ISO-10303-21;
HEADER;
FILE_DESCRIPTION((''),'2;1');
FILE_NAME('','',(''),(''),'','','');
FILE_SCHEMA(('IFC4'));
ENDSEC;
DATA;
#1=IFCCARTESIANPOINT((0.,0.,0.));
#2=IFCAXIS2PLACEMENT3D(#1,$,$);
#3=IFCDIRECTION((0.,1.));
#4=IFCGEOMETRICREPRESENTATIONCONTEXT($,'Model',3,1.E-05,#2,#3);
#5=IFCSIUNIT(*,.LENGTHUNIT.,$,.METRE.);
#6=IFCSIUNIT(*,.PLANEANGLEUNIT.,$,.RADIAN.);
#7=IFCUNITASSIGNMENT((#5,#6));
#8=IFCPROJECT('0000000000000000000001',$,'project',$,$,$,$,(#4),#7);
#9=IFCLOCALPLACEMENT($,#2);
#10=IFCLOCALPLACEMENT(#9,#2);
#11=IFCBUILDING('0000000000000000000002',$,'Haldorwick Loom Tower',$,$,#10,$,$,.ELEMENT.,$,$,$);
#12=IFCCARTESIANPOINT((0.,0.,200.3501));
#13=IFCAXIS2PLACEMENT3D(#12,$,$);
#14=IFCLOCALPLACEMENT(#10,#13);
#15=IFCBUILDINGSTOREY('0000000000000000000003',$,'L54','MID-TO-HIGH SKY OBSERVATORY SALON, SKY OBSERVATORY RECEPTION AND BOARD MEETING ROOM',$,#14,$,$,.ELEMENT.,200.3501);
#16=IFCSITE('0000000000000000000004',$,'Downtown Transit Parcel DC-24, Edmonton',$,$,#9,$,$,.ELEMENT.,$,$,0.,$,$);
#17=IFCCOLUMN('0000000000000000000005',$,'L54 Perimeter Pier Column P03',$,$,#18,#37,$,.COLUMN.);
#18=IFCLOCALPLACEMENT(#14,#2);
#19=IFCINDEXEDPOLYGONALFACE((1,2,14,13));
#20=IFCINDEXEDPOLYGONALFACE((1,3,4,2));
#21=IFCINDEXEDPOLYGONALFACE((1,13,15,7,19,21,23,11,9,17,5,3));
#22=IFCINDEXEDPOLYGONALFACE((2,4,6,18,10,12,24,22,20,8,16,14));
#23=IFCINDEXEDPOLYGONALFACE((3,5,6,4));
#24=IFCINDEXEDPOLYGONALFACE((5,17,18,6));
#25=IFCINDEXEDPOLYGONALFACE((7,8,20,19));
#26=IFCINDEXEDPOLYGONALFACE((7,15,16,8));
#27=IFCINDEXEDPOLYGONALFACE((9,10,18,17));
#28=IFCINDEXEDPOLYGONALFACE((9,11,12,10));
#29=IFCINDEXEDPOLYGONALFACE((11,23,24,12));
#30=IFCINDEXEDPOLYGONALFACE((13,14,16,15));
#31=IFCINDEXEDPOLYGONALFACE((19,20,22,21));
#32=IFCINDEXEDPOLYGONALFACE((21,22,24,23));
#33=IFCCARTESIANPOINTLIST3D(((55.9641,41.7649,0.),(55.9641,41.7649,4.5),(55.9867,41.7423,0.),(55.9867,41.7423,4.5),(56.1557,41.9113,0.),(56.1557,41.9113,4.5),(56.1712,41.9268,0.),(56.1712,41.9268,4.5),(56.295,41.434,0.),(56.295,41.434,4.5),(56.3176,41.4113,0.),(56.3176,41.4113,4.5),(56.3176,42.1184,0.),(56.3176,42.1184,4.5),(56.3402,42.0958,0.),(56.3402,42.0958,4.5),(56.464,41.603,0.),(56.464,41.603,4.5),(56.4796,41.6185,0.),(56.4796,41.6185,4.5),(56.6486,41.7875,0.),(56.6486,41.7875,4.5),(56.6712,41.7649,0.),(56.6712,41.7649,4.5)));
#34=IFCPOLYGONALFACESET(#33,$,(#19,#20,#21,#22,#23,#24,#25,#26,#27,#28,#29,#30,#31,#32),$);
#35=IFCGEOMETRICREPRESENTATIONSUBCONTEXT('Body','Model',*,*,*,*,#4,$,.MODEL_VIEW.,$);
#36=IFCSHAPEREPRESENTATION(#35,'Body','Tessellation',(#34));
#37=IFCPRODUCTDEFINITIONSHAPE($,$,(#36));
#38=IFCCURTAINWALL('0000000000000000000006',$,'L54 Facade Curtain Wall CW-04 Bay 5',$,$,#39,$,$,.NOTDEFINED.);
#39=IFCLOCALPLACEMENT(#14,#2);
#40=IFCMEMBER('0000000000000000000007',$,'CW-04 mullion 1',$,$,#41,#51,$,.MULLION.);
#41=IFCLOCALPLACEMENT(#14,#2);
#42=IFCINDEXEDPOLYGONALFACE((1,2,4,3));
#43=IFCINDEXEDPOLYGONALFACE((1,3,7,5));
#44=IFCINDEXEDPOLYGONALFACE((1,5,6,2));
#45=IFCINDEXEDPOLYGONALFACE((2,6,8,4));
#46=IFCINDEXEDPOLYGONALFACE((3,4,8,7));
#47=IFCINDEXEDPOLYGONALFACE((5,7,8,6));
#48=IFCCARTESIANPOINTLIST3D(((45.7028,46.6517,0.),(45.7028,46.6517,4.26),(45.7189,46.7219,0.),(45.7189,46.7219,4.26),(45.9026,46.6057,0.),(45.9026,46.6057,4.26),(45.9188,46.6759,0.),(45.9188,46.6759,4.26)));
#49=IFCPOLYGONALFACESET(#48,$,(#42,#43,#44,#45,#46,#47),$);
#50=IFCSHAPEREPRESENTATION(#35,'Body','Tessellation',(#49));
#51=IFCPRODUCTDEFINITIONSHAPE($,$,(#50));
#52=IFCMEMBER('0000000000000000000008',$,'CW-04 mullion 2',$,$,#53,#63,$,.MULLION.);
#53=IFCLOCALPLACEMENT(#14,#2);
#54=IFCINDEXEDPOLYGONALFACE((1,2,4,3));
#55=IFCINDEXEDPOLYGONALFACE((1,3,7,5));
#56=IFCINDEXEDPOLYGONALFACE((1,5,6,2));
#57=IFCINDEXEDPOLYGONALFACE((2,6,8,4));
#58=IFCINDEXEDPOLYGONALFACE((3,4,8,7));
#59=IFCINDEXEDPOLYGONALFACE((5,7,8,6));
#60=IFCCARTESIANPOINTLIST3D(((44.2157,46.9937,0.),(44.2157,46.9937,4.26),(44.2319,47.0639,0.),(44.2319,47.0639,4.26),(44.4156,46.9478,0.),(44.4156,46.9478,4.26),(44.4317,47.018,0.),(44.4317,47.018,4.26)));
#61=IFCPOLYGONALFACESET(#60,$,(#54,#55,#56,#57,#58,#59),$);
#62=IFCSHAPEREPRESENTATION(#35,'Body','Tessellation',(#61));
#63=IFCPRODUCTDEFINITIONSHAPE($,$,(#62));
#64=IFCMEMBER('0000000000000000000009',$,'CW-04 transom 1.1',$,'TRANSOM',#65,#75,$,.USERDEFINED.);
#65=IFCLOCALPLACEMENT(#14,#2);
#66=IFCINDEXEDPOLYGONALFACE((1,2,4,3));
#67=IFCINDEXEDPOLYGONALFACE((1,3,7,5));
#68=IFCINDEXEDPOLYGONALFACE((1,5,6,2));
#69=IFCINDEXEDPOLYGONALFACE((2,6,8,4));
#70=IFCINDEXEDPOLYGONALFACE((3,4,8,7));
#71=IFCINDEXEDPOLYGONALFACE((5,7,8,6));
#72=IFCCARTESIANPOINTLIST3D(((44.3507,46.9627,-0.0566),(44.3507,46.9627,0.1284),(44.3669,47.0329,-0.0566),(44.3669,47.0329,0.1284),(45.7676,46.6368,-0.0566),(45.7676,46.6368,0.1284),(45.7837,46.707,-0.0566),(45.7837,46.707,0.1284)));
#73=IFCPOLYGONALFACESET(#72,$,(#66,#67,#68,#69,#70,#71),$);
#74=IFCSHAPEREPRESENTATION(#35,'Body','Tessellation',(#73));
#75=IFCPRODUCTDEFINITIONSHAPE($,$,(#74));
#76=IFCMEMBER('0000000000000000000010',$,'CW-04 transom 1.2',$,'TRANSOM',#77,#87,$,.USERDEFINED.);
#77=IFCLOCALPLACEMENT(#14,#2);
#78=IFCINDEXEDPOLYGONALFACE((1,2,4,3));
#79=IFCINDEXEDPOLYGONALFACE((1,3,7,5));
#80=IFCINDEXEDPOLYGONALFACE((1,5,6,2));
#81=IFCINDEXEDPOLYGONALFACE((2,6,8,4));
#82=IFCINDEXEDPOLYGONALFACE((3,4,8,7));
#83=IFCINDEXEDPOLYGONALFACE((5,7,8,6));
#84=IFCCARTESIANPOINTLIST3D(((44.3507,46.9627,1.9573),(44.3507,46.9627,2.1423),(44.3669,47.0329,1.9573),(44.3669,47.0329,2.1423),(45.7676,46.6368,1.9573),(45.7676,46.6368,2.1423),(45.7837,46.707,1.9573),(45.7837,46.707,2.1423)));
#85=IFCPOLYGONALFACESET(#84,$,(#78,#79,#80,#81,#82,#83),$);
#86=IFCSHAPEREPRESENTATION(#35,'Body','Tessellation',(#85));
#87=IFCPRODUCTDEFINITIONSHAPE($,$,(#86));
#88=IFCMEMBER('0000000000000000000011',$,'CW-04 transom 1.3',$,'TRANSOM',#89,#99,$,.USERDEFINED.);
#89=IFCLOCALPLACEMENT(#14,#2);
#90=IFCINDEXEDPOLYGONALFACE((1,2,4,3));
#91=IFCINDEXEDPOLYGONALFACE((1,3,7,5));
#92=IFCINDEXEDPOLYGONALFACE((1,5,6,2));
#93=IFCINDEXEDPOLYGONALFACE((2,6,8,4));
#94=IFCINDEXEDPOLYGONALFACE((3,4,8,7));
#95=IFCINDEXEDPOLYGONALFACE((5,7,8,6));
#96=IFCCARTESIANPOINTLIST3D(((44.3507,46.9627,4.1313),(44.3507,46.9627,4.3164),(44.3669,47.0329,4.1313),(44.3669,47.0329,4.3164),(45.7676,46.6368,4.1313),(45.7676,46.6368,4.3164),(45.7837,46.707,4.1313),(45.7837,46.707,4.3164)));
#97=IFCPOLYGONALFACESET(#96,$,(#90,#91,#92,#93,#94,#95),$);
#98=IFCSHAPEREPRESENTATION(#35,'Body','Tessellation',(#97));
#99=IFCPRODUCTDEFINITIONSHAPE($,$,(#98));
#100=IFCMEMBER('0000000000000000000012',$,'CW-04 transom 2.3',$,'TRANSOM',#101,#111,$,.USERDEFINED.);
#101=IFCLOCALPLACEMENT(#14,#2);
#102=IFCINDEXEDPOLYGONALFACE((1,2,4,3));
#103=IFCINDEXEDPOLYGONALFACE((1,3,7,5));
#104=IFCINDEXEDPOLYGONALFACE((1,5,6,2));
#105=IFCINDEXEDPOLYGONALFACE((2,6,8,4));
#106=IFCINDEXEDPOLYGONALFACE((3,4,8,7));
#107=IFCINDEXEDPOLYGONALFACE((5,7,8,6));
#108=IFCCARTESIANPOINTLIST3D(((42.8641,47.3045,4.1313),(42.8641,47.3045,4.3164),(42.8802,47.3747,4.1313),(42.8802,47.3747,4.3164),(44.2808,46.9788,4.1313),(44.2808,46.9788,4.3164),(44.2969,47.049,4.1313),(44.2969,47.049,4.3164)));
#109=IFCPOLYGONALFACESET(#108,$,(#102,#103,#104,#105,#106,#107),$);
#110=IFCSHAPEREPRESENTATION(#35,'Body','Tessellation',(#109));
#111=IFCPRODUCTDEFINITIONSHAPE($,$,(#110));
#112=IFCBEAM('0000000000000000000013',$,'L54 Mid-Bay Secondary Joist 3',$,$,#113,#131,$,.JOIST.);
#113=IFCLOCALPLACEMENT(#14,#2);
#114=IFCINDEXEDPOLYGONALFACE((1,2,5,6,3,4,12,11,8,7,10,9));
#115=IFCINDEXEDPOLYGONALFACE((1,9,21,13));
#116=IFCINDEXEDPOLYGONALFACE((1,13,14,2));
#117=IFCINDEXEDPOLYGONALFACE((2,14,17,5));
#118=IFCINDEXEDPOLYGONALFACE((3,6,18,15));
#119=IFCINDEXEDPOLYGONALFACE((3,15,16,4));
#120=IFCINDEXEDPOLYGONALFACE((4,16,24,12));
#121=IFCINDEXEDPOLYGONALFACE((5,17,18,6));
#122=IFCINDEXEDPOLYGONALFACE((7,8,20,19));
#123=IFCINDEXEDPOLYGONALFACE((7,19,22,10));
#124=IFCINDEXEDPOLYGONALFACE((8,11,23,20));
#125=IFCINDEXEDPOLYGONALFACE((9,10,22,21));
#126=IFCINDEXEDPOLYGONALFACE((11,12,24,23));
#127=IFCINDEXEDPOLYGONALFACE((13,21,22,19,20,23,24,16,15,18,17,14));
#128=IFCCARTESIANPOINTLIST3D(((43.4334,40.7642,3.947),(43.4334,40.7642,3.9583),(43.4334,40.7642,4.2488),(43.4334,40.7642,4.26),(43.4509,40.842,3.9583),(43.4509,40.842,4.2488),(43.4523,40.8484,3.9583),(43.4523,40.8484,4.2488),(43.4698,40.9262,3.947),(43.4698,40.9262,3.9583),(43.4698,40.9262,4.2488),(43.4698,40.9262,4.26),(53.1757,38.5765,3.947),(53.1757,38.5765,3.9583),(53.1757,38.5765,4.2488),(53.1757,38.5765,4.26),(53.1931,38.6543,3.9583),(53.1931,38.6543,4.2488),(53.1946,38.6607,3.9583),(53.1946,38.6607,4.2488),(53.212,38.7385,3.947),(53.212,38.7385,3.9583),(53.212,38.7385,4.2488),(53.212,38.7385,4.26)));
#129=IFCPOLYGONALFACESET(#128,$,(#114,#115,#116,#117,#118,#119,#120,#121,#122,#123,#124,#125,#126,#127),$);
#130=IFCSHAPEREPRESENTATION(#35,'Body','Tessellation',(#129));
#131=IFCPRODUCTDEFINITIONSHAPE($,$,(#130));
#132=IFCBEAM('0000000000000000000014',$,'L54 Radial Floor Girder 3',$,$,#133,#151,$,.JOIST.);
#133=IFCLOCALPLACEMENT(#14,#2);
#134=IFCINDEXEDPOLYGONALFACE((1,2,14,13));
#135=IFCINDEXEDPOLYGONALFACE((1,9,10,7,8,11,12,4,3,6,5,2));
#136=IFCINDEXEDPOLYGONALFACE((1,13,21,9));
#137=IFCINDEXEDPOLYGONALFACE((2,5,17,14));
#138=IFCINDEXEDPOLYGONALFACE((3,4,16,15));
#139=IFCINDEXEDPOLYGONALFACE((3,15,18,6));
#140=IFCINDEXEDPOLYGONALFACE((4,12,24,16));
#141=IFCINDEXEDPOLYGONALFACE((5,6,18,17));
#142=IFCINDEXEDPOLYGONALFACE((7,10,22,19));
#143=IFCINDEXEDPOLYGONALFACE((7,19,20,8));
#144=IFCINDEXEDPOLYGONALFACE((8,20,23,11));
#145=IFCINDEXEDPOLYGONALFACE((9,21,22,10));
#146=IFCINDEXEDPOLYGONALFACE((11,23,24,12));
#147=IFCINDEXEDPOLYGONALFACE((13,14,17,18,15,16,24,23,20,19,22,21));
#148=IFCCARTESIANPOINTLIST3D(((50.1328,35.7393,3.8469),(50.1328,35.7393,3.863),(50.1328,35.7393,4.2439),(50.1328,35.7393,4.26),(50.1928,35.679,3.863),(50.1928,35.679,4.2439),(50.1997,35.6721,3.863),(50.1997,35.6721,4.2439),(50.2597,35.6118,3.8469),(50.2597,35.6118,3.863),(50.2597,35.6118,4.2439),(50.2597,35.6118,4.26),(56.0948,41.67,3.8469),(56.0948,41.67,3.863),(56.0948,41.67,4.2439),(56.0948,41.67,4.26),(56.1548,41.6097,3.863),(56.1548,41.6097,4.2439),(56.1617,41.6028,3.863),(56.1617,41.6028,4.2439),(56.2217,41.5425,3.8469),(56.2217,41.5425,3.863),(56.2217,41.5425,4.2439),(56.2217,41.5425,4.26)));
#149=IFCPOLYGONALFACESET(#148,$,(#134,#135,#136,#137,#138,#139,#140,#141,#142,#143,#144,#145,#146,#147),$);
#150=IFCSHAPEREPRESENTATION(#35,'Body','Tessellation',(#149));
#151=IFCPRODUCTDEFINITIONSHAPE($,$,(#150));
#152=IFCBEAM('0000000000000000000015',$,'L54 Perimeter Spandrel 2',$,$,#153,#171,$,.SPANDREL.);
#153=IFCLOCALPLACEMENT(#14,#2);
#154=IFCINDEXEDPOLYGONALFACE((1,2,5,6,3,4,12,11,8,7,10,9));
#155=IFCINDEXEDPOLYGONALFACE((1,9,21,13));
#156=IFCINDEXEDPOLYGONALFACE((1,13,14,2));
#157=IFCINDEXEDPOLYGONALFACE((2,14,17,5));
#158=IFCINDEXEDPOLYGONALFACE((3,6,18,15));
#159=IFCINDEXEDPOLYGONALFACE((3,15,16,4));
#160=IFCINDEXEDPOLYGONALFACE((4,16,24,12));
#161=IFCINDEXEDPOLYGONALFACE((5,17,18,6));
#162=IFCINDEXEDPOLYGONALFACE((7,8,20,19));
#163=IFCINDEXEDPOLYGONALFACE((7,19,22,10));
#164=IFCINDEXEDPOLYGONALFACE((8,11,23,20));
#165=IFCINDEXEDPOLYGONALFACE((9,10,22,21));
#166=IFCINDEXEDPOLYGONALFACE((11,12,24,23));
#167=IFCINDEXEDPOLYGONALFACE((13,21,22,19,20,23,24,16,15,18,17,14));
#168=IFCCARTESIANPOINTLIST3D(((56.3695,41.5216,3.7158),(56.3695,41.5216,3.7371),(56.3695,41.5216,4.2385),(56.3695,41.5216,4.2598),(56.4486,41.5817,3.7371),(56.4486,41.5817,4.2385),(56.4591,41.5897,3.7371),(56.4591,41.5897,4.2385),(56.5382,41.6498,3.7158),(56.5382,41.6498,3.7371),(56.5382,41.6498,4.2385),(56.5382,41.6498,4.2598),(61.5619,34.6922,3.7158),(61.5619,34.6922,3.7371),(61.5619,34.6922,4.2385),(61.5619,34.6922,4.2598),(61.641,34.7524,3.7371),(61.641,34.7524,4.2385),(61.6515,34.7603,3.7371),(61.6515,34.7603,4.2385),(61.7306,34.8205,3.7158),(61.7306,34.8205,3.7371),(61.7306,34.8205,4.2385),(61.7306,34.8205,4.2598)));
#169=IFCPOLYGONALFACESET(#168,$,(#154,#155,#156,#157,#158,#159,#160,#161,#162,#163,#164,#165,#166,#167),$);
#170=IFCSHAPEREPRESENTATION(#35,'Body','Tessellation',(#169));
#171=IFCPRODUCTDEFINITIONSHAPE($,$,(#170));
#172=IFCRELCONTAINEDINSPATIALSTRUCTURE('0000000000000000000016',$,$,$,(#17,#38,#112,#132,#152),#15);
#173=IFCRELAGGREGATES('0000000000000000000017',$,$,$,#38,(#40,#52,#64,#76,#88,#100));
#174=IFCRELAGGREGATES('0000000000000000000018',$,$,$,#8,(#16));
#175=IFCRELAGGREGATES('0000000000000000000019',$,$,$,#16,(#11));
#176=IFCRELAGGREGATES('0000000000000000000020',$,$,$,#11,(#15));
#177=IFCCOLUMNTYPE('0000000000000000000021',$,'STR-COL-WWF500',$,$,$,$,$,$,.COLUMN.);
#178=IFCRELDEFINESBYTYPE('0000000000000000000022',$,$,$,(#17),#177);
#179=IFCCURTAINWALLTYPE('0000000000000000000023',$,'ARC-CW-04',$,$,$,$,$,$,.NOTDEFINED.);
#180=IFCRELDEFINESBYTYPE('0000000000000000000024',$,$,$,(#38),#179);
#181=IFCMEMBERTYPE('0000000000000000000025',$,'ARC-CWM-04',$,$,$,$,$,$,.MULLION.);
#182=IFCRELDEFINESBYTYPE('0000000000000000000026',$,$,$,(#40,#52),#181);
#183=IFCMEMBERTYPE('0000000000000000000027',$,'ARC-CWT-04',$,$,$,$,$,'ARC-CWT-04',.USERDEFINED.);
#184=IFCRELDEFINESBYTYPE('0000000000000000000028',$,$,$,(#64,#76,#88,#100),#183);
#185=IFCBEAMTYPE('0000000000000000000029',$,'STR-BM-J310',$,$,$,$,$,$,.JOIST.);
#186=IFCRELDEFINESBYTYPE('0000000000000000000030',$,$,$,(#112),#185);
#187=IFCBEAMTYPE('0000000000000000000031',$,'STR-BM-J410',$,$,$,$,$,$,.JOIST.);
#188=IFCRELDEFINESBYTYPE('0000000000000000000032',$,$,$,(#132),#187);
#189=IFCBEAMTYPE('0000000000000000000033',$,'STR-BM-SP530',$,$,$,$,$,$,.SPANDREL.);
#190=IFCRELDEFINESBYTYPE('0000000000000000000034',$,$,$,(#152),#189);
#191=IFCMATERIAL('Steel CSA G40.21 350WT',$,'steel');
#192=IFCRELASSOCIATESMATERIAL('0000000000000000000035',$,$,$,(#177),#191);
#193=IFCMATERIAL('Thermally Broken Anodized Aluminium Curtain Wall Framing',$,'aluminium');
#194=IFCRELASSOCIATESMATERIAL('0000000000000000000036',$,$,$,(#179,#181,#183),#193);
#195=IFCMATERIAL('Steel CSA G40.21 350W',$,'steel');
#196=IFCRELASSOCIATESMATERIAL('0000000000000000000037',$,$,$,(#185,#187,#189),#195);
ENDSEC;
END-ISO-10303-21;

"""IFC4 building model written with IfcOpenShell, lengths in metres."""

from ifc_helpers import new_model, si_unit, direction, frame, origin, origin_2d, place, context, subcontext, project, spatial, rectangle, i_section, extrude, material, material_profile, profile_set, type_object, element, aggregate, save


model = new_model("IFC4")

# Units and contexts
model_context = context("Model", 3, precision=1e-05, world=origin(), true_north=direction((0.0, 1.0)))
body_context = subcontext(model_context, "Body", "Model", "MODEL_VIEW")
ifc_project = project(units=[si_unit("LENGTHUNIT", "METRE"), si_unit("PLANEANGLEUNIT", "RADIAN")], contexts=[model_context])

# Site, building, storey
site_placement = place(None, origin())
site = spatial("IfcSite", under=ifc_project, at=site_placement, Name="Downtown Transit Parcel DC-24, Edmonton", CompositionType="ELEMENT", RefElevation=0.0)
building_placement = place(site_placement, origin())
building = spatial("IfcBuilding", under=site, at=building_placement, Name="Haldorwick Loom Tower", CompositionType="ELEMENT")
storey_placement = place(building_placement, frame((0.0, 0.0, 200.3501)))
storey = spatial("IfcBuildingStorey", under=building, at=storey_placement, Name="L54", Description="MID-TO-HIGH SKY OBSERVATORY SALON, SKY OBSERVATORY RECEPTION AND BOARD MEETING ROOM", CompositionType="ELEMENT", Elevation=200.3501)

# Column
ifc_material_1 = material(Name="Steel CSA G40.21 350W", Category="steel")
ifc_material_2 = material(Name="Steel CSA G40.21 350WT", Category="steel")
ifc_material_profile_1 = material_profile(ifc_material_2, i_section(OverallWidth=0.5, OverallDepth=0.5, WebThickness=0.022, FlangeThickness=0.032, at=origin_2d()), Name="WWF500X500", Category="steel")
ifc_profile_set_1 = profile_set([ifc_material_profile_1], Name="Steel CSA G40.21 350WT")
column_type_1 = type_object("IfcColumnType", Name="STR-COL-WWF500", PredefinedType="COLUMN", material=ifc_profile_set_1)
column_placement = place(storey_placement, frame((56.3176, 41.7649, 0.0), z_axis=(0.0, 0.0, 1.0), x_axis=(0.707107, 0.707107, 0.0)))
element("IfcColumn", 1, at=column_placement, inside=storey, type_object=column_type_1, Name="L54 Perimeter Pier Column P03", PredefinedType="COLUMN", context=body_context, shape_type="SweptSolid", body=[
    extrude(i_section(OverallWidth=0.5, OverallDepth=0.5, WebThickness=0.022, FlangeThickness=0.032, at=origin_2d()), origin(), (0.0, 0.0, 1.0), 4.5),
])

# Curtain wall, members
ifc_material_3 = material(Name="Thermally Broken Anodized Aluminium Curtain Wall Framing", Category="aluminium")
curtain_wall_type = type_object("IfcCurtainWallType", Name="ARC-CW-04", PredefinedType="NOTDEFINED", material=ifc_material_3)
curtain_wall_placement = place(storey_placement, origin())
curtain_wall = element("IfcCurtainWall", 2, at=curtain_wall_placement, inside=storey, type_object=curtain_wall_type, Name="L54 Facade Curtain Wall CW-04 Bay 5", PredefinedType="NOTDEFINED")
ifc_material_profile_2 = material_profile(ifc_material_3, rectangle(XDim=0.072, YDim=0.2051, at=origin_2d()), Name="ALU_MUL_72X205", Category="aluminium")
ifc_profile_set_2 = profile_set([ifc_material_profile_2], Name="Thermally Broken Anodized Aluminium Curtain Wall Framing")
member_type_1 = type_object("IfcMemberType", Name="ARC-CWM-04", PredefinedType="MULLION", material=ifc_profile_set_2)
member_1_placement = place(storey_placement, frame((45.8108, 46.6638, 0.0), z_axis=(0.0, 0.0, 1.0), x_axis=(-0.224142, -0.974557, 0.0)))
member_1 = element("IfcMember", 3, at=member_1_placement, type_object=member_type_1, Name="CW-04 mullion 1", PredefinedType="MULLION", context=body_context, shape_type="SweptSolid", body=[
    extrude(rectangle(XDim=0.072, YDim=0.2051, at=origin_2d()), origin(), (0.0, 0.0, 1.0), 4.26),
])
member_2_placement = place(storey_placement, frame((44.3237, 47.0059, 0.0), z_axis=(0.0, 0.0, 1.0), x_axis=(-0.224142, -0.974557, 0.0)))
member_2 = element("IfcMember", 4, at=member_2_placement, type_object=member_type_1, Name="CW-04 mullion 2", PredefinedType="MULLION", context=body_context, shape_type="SweptSolid", body=[
    extrude(rectangle(XDim=0.072, YDim=0.2051, at=origin_2d()), origin(), (0.0, 0.0, 1.0), 4.26),
])
ifc_material_profile_3 = material_profile(ifc_material_3, rectangle(XDim=0.072, YDim=0.1851, at=origin_2d()), Name="ALU_TRN_72X185", Category="aluminium")
ifc_profile_set_3 = profile_set([ifc_material_profile_3], Name="Thermally Broken Anodized Aluminium Curtain Wall Framing")
member_type_2 = type_object("IfcMemberType", Name="ARC-CWT-04", ElementType="ARC-CWT-04", PredefinedType="USERDEFINED", material=ifc_profile_set_3)
member_3_placement = place(storey_placement, frame((45.7756, 46.6719, 0.0359), z_axis=(-0.974544, 0.224197, 0.0), x_axis=(-0.224197, -0.974544, 0.0)))
member_3 = element("IfcMember", 5, at=member_3_placement, type_object=member_type_2, Name="CW-04 transom 1.1", ObjectType="TRANSOM", PredefinedType="USERDEFINED", context=body_context, shape_type="SweptSolid", body=[
    extrude(rectangle(XDim=0.072, YDim=0.1851, at=origin_2d()), origin(), (0.0, 0.0, 1.0), 1.4539),
])
member_4_placement = place(storey_placement, frame((45.7756, 46.6719, 2.0498), z_axis=(-0.974544, 0.224197, 0.0), x_axis=(-0.224197, -0.974544, 0.0)))
member_4 = element("IfcMember", 6, at=member_4_placement, type_object=member_type_2, Name="CW-04 transom 1.2", ObjectType="TRANSOM", PredefinedType="USERDEFINED", context=body_context, shape_type="SweptSolid", body=[
    extrude(rectangle(XDim=0.072, YDim=0.1851, at=origin_2d()), origin(), (0.0, 0.0, 1.0), 1.4539),
])
member_5_placement = place(storey_placement, frame((45.7756, 46.6719, 4.2239), z_axis=(-0.974544, 0.224197, 0.0), x_axis=(-0.224197, -0.974544, 0.0)))
member_5 = element("IfcMember", 7, at=member_5_placement, type_object=member_type_2, Name="CW-04 transom 1.3", ObjectType="TRANSOM", PredefinedType="USERDEFINED", context=body_context, shape_type="SweptSolid", body=[
    extrude(rectangle(XDim=0.072, YDim=0.1851, at=origin_2d()), origin(), (0.0, 0.0, 1.0), 1.4539),
])
member_6_placement = place(storey_placement, frame((44.2888, 47.0139, 4.2239), z_axis=(-0.97458, 0.224038, 0.0), x_axis=(-0.224038, -0.97458, 0.0)))
member_6 = element("IfcMember", 8, at=member_6_placement, type_object=member_type_2, Name="CW-04 transom 2.3", ObjectType="TRANSOM", PredefinedType="USERDEFINED", context=body_context, shape_type="SweptSolid", body=[
    extrude(rectangle(XDim=0.072, YDim=0.1851, at=origin_2d()), origin(), (0.0, 0.0, 1.0), 1.4536),
])

# Beams
ifc_material_profile_4 = material_profile(ifc_material_1, i_section(OverallWidth=0.166, OverallDepth=0.313, WebThickness=0.0066, FlangeThickness=0.0112, at=origin_2d()), Name="W310X45", Category="steel")
ifc_profile_set_4 = profile_set([ifc_material_profile_4], Name="Steel CSA G40.21 350W")
beam_type_1 = type_object("IfcBeamType", Name="STR-BM-J310", PredefinedType="JOIST", material=ifc_profile_set_4)
beam_1_placement = place(storey_placement, frame((53.1938, 38.6575, 4.1035), z_axis=(-0.975701, 0.219107, 0.0), x_axis=(-0.219107, -0.975701, 0.0)))
element("IfcBeam", 9, at=beam_1_placement, inside=storey, type_object=beam_type_1, Name="L54 Mid-Bay Secondary Joist 3", PredefinedType="JOIST", context=body_context, shape_type="SweptSolid", body=[
    extrude(i_section(OverallWidth=0.166, OverallDepth=0.313, WebThickness=0.0066, FlangeThickness=0.0112, at=origin_2d()), origin(), (0.0, 0.0, 1.0), 9.9849),
])
ifc_material_profile_5 = material_profile(ifc_material_1, i_section(OverallWidth=0.1799, OverallDepth=0.4131, WebThickness=0.0098, FlangeThickness=0.0161, at=origin_2d()), Name="W410X74", Category="steel")
ifc_profile_set_5 = profile_set([ifc_material_profile_5], Name="Steel CSA G40.21 350W")
beam_type_2 = type_object("IfcBeamType", Name="STR-BM-J410", PredefinedType="JOIST", material=ifc_profile_set_5)
beam_2_placement = place(storey_placement, frame((50.1963, 35.6755, 4.0535), z_axis=(0.708962, 0.705246, 0.0), x_axis=(-0.705246, 0.708962, 0.0)))
element("IfcBeam", 10, at=beam_2_placement, inside=storey, type_object=beam_type_2, Name="L54 Radial Floor Girder 3", PredefinedType="JOIST", context=body_context, shape_type="SweptSolid", body=[
    extrude(i_section(OverallWidth=0.1799, OverallDepth=0.4131, WebThickness=0.0098, FlangeThickness=0.0161, at=origin_2d()), origin(), (0.0, 0.0, 1.0), 8.4094),
])
ifc_material_profile_6 = material_profile(ifc_material_1, i_section(OverallWidth=0.2119, OverallDepth=0.5439, WebThickness=0.0132, FlangeThickness=0.0212, at=origin_2d()), Name="W530X123", Category="steel")
ifc_profile_set_6 = profile_set([ifc_material_profile_6], Name="Steel CSA G40.21 350W")
beam_type_3 = type_object("IfcBeamType", Name="STR-BM-SP530", PredefinedType="SPANDREL", material=ifc_profile_set_6)
beam_3_placement = place(storey_placement, frame((61.6462, 34.7563, 3.9878), z_axis=(-0.605237, 0.796045, 0.0), x_axis=(-0.796045, -0.605237, 0.0)))
element("IfcBeam", 11, at=beam_3_placement, inside=storey, type_object=beam_type_3, Name="L54 Perimeter Spandrel 2", PredefinedType="SPANDREL", context=body_context, shape_type="SweptSolid", body=[
    extrude(i_section(OverallWidth=0.2119, OverallDepth=0.5439, WebThickness=0.0132, FlangeThickness=0.0212, at=origin_2d()), origin(), (0.0, 0.0, 1.0), 8.5791),
])

aggregate(curtain_wall, [member_1, member_2, member_3, member_4, member_5, member_6])

save(model, "model.ifc")
